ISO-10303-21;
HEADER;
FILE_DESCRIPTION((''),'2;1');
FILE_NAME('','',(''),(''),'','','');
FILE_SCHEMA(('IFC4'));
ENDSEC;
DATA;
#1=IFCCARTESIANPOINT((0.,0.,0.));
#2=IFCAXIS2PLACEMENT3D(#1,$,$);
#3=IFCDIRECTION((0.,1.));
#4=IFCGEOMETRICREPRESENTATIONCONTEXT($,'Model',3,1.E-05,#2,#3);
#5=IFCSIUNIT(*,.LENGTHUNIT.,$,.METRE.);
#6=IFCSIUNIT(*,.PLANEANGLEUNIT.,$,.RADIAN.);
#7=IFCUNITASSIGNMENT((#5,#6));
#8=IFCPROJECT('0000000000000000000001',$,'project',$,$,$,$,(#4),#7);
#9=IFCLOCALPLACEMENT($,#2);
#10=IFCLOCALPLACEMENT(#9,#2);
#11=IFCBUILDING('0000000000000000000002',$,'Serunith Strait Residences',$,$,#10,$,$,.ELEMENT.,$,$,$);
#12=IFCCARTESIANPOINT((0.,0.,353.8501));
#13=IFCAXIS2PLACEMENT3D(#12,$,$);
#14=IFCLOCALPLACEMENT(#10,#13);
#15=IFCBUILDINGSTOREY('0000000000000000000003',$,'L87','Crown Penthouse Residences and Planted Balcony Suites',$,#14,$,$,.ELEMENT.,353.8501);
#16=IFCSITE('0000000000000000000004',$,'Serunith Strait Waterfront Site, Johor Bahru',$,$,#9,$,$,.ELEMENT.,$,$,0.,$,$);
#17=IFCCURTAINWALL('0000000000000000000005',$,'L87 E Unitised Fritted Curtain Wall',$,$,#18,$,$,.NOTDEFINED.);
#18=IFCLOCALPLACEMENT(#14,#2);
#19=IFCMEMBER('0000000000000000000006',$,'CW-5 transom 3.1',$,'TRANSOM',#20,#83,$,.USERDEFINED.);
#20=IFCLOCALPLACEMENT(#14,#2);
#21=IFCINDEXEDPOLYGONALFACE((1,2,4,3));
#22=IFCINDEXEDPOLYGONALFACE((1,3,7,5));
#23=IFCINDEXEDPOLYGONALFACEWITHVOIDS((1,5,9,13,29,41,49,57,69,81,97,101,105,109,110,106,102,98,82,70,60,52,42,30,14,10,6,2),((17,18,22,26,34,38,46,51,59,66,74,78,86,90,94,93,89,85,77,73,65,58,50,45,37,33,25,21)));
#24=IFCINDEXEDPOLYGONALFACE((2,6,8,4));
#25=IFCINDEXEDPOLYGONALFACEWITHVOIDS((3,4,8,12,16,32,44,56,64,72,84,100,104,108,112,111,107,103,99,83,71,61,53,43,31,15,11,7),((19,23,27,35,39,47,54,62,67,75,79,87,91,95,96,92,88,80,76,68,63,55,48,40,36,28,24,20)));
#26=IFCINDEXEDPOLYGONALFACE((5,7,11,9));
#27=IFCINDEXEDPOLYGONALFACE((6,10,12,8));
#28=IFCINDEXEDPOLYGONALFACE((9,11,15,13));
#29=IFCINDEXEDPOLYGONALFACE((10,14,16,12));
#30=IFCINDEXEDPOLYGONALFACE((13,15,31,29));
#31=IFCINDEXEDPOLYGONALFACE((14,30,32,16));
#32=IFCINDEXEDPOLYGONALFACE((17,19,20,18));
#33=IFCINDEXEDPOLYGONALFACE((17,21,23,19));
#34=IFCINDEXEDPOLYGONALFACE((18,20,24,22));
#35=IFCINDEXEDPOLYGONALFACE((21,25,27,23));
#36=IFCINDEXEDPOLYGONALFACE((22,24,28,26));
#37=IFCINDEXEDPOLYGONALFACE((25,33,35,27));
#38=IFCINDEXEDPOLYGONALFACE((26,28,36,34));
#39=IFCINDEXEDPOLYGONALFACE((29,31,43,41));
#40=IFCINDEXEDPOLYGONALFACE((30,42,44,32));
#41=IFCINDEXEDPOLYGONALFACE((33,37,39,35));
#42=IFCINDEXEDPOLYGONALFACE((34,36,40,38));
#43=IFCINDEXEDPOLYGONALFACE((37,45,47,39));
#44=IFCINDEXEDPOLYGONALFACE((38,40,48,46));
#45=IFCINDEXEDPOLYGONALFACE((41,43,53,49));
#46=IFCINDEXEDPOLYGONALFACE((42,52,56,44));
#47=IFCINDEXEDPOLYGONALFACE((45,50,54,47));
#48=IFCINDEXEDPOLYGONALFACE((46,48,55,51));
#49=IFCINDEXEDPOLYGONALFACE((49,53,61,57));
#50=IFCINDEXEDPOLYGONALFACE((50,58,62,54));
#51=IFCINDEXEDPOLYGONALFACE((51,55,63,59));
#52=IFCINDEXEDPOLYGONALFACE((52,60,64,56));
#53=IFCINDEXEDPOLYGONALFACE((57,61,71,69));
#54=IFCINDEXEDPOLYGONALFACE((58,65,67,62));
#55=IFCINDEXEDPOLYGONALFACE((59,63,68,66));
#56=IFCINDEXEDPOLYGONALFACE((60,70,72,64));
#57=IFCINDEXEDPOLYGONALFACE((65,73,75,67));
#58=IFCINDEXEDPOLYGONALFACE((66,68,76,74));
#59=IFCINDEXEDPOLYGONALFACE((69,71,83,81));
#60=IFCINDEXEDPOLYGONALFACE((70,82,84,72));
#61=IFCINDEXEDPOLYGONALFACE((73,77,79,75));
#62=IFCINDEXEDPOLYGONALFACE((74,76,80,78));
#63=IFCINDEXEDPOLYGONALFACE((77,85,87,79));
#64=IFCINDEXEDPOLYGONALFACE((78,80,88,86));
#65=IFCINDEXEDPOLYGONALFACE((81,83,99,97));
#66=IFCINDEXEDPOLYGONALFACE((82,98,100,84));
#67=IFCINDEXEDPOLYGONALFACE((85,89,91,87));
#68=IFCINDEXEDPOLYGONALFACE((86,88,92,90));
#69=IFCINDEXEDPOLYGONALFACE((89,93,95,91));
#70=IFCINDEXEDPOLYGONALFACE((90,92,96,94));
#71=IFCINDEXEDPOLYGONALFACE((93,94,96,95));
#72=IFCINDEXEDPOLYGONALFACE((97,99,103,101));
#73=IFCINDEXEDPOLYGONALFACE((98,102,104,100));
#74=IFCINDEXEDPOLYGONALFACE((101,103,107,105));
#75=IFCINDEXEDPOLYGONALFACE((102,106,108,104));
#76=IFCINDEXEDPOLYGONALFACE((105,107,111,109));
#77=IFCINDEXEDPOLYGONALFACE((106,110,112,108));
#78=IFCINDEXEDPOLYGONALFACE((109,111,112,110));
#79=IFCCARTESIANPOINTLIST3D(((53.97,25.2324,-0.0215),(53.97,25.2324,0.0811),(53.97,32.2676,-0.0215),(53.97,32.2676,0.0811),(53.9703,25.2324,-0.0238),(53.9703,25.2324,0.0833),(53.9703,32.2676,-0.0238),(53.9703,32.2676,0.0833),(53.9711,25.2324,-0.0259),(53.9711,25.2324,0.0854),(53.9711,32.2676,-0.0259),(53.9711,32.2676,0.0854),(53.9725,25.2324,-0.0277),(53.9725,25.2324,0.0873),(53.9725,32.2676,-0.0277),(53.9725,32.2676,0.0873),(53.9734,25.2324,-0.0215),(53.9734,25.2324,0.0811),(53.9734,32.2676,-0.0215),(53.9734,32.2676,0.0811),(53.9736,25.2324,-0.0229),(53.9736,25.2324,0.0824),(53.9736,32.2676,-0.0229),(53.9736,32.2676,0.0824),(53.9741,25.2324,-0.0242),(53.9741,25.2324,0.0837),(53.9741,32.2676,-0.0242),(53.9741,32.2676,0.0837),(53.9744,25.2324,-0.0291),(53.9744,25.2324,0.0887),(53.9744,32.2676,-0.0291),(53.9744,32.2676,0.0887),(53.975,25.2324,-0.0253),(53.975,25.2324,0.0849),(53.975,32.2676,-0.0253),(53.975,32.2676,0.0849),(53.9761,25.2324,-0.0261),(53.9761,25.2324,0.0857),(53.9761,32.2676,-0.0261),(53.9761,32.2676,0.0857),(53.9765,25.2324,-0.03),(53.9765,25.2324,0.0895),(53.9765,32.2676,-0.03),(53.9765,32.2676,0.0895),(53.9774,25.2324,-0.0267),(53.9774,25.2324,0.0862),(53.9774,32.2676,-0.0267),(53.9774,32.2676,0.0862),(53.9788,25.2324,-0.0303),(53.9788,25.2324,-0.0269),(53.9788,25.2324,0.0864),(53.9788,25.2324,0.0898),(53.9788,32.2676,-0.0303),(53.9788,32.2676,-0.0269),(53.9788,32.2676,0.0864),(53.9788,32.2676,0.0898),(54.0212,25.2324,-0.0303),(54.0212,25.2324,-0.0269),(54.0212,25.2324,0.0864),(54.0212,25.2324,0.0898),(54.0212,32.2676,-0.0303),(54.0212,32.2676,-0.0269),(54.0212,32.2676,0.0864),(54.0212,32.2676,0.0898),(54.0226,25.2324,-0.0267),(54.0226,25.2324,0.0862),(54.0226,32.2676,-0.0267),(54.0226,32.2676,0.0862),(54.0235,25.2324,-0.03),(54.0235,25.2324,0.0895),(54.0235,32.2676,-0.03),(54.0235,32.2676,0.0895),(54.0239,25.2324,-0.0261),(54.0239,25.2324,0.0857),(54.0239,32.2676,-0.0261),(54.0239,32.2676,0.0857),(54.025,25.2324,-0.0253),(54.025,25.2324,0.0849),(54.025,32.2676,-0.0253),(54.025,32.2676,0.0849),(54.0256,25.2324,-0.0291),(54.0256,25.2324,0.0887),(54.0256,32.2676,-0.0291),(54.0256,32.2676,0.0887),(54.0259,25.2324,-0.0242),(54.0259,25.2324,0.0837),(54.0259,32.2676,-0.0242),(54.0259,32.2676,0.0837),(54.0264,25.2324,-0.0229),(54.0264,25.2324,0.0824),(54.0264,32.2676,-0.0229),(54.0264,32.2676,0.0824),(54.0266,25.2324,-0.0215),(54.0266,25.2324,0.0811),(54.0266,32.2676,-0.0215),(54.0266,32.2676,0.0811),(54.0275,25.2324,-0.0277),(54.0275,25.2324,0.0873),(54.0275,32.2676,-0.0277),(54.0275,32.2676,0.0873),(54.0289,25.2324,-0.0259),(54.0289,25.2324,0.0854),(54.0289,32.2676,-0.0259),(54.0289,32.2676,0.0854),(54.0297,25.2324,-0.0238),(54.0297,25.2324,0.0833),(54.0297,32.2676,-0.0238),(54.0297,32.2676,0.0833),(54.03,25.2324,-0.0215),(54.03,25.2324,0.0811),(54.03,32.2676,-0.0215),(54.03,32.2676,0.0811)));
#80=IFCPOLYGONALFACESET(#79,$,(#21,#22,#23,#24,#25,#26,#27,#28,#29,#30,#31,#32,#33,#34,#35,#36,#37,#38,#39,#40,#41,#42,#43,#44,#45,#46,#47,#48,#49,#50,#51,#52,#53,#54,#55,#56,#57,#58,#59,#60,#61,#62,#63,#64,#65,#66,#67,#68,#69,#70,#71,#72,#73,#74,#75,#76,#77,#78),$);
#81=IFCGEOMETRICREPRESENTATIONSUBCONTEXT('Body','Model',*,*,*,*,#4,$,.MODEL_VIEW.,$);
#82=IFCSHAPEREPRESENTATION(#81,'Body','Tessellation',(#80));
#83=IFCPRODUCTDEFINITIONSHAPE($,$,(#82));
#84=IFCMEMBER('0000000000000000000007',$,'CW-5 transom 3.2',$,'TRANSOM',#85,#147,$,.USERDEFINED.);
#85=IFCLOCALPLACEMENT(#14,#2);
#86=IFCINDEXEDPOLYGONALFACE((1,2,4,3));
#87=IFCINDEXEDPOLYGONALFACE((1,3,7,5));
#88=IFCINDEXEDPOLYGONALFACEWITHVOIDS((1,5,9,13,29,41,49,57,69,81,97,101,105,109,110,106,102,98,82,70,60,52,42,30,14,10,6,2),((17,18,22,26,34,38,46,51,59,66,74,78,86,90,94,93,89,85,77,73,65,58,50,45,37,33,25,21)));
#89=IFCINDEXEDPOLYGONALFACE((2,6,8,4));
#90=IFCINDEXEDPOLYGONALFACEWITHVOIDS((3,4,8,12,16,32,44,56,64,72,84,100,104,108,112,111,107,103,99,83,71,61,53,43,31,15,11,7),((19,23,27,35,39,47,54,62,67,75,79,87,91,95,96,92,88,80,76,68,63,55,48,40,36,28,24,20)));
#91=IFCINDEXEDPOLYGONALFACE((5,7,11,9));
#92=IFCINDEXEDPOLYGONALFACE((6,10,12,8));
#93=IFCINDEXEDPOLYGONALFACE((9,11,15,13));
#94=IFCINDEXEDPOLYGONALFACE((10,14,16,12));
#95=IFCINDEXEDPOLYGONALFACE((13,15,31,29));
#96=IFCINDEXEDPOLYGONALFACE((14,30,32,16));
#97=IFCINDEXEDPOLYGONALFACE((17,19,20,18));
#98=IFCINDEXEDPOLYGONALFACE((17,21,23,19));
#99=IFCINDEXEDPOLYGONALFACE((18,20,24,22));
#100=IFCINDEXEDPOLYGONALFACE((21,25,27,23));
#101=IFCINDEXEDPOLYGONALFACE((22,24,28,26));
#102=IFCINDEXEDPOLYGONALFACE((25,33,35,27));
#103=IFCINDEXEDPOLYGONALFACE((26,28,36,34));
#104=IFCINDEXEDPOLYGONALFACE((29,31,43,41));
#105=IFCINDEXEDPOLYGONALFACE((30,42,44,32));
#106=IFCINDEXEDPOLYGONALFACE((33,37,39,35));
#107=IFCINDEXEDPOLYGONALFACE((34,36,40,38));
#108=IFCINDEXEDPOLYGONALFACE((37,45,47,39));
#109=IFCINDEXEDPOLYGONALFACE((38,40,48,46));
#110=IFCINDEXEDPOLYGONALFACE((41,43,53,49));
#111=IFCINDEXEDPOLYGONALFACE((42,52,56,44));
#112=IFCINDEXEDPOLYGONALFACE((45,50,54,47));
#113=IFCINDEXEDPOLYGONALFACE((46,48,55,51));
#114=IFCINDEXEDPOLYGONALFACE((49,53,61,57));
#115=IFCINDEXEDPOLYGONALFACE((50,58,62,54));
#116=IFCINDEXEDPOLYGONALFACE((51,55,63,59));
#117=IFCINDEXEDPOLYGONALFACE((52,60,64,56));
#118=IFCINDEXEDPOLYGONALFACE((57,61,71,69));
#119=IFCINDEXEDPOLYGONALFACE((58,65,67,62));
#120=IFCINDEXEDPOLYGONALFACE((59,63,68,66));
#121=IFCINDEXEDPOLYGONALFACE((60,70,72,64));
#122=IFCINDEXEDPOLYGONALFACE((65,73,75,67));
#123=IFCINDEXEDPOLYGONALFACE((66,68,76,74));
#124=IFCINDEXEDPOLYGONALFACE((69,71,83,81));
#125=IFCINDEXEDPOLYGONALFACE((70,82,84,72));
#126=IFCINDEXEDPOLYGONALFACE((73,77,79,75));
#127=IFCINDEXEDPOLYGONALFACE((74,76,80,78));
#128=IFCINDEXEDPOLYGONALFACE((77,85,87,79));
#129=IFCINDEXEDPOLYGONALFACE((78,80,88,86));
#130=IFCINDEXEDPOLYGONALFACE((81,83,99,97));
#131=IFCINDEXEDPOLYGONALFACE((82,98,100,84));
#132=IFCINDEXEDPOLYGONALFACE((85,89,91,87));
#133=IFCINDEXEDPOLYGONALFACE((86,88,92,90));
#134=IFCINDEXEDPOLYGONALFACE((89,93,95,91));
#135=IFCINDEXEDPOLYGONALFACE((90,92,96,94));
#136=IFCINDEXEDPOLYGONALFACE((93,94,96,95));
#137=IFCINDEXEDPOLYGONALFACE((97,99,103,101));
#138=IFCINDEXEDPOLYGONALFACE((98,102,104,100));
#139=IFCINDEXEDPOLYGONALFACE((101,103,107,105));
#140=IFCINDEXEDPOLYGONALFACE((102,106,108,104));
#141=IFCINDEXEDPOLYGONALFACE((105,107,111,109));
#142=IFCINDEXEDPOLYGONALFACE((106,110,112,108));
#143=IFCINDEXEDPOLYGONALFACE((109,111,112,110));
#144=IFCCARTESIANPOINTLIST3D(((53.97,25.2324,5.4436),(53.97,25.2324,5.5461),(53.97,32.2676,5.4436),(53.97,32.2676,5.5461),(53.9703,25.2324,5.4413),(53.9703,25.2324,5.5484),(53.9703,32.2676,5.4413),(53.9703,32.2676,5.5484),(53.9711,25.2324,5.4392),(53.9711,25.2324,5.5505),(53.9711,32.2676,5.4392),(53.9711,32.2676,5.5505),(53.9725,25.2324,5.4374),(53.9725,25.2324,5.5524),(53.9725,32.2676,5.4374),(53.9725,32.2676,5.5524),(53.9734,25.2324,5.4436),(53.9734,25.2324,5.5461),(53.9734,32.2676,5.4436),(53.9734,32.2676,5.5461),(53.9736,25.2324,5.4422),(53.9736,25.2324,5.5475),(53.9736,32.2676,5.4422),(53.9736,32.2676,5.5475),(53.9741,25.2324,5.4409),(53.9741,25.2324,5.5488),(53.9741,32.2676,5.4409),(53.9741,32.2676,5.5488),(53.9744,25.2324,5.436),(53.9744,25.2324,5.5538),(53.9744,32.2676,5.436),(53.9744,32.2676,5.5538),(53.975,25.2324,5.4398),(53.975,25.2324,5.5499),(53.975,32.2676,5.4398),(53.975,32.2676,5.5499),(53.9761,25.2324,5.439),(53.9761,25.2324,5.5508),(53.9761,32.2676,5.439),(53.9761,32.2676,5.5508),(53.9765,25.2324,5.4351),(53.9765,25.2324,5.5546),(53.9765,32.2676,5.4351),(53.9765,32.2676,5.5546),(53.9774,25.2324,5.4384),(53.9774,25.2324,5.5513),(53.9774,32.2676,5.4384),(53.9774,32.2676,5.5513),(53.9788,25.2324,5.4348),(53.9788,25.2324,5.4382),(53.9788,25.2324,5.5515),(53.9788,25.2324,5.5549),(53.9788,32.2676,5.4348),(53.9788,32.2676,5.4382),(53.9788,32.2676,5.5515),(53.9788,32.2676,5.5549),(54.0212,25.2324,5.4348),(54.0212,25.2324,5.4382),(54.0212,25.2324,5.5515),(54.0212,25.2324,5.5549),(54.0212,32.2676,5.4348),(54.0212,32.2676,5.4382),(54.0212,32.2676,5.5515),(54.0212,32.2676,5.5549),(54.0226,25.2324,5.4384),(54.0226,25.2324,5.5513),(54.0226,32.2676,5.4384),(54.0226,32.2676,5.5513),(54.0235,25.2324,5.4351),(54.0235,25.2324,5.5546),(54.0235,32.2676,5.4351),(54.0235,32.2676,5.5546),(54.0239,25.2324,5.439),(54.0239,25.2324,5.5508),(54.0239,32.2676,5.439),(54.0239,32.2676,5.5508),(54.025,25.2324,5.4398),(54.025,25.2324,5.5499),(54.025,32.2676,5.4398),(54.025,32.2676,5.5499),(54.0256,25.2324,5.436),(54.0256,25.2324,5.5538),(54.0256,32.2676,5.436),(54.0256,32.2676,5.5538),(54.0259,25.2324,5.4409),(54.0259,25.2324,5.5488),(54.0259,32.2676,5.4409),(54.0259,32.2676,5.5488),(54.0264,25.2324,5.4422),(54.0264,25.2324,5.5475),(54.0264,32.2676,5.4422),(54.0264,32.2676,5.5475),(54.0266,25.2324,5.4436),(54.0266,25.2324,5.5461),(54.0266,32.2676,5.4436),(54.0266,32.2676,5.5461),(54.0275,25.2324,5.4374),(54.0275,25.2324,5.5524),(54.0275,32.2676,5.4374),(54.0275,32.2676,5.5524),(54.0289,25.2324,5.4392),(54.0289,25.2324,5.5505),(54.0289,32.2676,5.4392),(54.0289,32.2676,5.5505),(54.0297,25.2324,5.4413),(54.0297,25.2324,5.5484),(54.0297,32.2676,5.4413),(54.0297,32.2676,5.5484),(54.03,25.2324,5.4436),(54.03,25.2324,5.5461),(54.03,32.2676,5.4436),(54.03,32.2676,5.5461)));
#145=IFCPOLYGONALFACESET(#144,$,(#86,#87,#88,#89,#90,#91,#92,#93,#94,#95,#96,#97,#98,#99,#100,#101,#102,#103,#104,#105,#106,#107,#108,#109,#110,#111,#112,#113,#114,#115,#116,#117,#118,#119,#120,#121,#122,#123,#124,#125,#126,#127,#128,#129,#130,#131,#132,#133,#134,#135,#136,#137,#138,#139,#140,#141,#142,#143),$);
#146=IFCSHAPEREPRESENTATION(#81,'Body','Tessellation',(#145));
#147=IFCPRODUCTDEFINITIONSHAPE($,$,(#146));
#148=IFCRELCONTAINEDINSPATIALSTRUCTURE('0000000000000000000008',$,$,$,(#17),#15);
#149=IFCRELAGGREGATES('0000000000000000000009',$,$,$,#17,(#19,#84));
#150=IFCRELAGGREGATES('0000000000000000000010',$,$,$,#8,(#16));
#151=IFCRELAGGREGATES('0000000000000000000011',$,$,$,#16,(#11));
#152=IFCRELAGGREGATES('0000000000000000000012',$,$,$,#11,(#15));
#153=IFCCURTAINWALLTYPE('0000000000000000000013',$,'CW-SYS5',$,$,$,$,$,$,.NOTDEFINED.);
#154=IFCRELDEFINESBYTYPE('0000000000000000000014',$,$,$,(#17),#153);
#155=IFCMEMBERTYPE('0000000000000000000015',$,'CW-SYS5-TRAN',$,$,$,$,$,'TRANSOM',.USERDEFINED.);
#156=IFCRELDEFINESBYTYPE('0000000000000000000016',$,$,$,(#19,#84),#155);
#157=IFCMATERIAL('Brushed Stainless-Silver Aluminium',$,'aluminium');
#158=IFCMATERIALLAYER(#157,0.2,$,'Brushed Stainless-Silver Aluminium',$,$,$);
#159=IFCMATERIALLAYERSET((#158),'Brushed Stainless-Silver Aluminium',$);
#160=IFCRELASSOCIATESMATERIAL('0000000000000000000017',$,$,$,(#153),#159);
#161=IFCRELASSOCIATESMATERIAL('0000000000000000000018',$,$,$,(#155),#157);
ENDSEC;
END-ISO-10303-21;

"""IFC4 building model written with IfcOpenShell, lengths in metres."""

from ifc_helpers import new_model, si_unit, direction, frame, origin, origin_2d, place, context, subcontext, project, spatial, hollow_rectangle, extrude, source, transform, mapped, material, layer, layer_set, material_profile, profile_set, type_object, element, aggregate, save


model = new_model("IFC4")

# Units and contexts
model_context = context("Model", 3, precision=1e-05, world=origin(), true_north=direction((0.0, 1.0)))
body_context = subcontext(model_context, "Body", "Model", "MODEL_VIEW")
ifc_project = project(units=[si_unit("LENGTHUNIT", "METRE"), si_unit("PLANEANGLEUNIT", "RADIAN")], contexts=[model_context])

# Site, building, storey
site_placement = place(None, origin())
site = spatial("IfcSite", under=ifc_project, at=site_placement, Name="Serunith Strait Waterfront Site, Johor Bahru", CompositionType="ELEMENT", RefElevation=0.0)
building_placement = place(site_placement, origin())
building = spatial("IfcBuilding", under=site, at=building_placement, Name="Serunith Strait Residences", CompositionType="ELEMENT")
storey_placement = place(building_placement, frame((0.0, 0.0, 353.8501)))
storey = spatial("IfcBuildingStorey", under=building, at=storey_placement, Name="L87", Description="Crown Penthouse Residences and Planted Balcony Suites", CompositionType="ELEMENT", Elevation=353.8501)

# Curtain wall, members
ifc_material_1 = material(Name="Brushed Stainless-Silver Aluminium", Category="aluminium")
ifc_layer_1 = layer(ifc_material_1, 0.2, Name="Brushed Stainless-Silver Aluminium")
ifc_layer_set_1 = layer_set([ifc_layer_1], Name="Brushed Stainless-Silver Aluminium")
curtain_wall_type = type_object("IfcCurtainWallType", Name="CW-SYS5", PredefinedType="NOTDEFINED", material=ifc_layer_set_1)
curtain_wall_placement = place(storey_placement, origin())
curtain_wall = element("IfcCurtainWall", 1, at=curtain_wall_placement, inside=storey, type_object=curtain_wall_type, Name="L87 E Unitised Fritted Curtain Wall", PredefinedType="NOTDEFINED")
ifc_material_profile_1 = material_profile(ifc_material_1, hollow_rectangle(XDim=0.0601, YDim=0.1201, WallThickness=0.0034, InnerFilletRadius=0.0054, OuterFilletRadius=0.0088, at=origin_2d()), Name="ALU 120x60x3.5")
ifc_profile_set_1 = profile_set([ifc_material_profile_1], Name="Brushed Stainless-Silver Aluminium")
member_type_1 = type_object("IfcMemberType", Name="CW-SYS5-TRAN", ElementType="TRANSOM", PredefinedType="USERDEFINED", material=ifc_profile_set_1)
shared_shape_1 = source(origin(), body_context, "Body", "SweptSolid", [
    extrude(hollow_rectangle(XDim=0.0601, YDim=0.1201, WallThickness=0.0034, InnerFilletRadius=0.0054, OuterFilletRadius=0.0088, at=origin_2d()), origin(), (0.0, 0.0, 1.0), 7.0352),
])
member_1_placement = place(storey_placement, frame((54.0, 25.2324, 0.0298), z_axis=(0.0, 1.0, 0.0), x_axis=(-1.0, 0.0, 0.0)))
member_1 = element("IfcMember", 2, at=member_1_placement, type_object=member_type_1, Name="CW-5 transom 3.1", ObjectType="TRANSOM", PredefinedType="USERDEFINED", context=body_context, shape_type="MappedRepresentation", body=[
    mapped(shared_shape_1, transform((0.0, 0.0, 0.0), scale=1.0)),
])
member_2_placement = place(storey_placement, frame((54.0, 25.2324, 5.4949), z_axis=(0.0, 1.0, 0.0), x_axis=(-1.0, 0.0, 0.0)))
member_2 = element("IfcMember", 3, at=member_2_placement, type_object=member_type_1, Name="CW-5 transom 3.2", ObjectType="TRANSOM", PredefinedType="USERDEFINED", context=body_context, shape_type="MappedRepresentation", body=[
    mapped(shared_shape_1, transform((0.0, 0.0, 0.0), scale=1.0)),
])
aggregate(curtain_wall, [member_1, member_2])

save(model, "model.ifc")
